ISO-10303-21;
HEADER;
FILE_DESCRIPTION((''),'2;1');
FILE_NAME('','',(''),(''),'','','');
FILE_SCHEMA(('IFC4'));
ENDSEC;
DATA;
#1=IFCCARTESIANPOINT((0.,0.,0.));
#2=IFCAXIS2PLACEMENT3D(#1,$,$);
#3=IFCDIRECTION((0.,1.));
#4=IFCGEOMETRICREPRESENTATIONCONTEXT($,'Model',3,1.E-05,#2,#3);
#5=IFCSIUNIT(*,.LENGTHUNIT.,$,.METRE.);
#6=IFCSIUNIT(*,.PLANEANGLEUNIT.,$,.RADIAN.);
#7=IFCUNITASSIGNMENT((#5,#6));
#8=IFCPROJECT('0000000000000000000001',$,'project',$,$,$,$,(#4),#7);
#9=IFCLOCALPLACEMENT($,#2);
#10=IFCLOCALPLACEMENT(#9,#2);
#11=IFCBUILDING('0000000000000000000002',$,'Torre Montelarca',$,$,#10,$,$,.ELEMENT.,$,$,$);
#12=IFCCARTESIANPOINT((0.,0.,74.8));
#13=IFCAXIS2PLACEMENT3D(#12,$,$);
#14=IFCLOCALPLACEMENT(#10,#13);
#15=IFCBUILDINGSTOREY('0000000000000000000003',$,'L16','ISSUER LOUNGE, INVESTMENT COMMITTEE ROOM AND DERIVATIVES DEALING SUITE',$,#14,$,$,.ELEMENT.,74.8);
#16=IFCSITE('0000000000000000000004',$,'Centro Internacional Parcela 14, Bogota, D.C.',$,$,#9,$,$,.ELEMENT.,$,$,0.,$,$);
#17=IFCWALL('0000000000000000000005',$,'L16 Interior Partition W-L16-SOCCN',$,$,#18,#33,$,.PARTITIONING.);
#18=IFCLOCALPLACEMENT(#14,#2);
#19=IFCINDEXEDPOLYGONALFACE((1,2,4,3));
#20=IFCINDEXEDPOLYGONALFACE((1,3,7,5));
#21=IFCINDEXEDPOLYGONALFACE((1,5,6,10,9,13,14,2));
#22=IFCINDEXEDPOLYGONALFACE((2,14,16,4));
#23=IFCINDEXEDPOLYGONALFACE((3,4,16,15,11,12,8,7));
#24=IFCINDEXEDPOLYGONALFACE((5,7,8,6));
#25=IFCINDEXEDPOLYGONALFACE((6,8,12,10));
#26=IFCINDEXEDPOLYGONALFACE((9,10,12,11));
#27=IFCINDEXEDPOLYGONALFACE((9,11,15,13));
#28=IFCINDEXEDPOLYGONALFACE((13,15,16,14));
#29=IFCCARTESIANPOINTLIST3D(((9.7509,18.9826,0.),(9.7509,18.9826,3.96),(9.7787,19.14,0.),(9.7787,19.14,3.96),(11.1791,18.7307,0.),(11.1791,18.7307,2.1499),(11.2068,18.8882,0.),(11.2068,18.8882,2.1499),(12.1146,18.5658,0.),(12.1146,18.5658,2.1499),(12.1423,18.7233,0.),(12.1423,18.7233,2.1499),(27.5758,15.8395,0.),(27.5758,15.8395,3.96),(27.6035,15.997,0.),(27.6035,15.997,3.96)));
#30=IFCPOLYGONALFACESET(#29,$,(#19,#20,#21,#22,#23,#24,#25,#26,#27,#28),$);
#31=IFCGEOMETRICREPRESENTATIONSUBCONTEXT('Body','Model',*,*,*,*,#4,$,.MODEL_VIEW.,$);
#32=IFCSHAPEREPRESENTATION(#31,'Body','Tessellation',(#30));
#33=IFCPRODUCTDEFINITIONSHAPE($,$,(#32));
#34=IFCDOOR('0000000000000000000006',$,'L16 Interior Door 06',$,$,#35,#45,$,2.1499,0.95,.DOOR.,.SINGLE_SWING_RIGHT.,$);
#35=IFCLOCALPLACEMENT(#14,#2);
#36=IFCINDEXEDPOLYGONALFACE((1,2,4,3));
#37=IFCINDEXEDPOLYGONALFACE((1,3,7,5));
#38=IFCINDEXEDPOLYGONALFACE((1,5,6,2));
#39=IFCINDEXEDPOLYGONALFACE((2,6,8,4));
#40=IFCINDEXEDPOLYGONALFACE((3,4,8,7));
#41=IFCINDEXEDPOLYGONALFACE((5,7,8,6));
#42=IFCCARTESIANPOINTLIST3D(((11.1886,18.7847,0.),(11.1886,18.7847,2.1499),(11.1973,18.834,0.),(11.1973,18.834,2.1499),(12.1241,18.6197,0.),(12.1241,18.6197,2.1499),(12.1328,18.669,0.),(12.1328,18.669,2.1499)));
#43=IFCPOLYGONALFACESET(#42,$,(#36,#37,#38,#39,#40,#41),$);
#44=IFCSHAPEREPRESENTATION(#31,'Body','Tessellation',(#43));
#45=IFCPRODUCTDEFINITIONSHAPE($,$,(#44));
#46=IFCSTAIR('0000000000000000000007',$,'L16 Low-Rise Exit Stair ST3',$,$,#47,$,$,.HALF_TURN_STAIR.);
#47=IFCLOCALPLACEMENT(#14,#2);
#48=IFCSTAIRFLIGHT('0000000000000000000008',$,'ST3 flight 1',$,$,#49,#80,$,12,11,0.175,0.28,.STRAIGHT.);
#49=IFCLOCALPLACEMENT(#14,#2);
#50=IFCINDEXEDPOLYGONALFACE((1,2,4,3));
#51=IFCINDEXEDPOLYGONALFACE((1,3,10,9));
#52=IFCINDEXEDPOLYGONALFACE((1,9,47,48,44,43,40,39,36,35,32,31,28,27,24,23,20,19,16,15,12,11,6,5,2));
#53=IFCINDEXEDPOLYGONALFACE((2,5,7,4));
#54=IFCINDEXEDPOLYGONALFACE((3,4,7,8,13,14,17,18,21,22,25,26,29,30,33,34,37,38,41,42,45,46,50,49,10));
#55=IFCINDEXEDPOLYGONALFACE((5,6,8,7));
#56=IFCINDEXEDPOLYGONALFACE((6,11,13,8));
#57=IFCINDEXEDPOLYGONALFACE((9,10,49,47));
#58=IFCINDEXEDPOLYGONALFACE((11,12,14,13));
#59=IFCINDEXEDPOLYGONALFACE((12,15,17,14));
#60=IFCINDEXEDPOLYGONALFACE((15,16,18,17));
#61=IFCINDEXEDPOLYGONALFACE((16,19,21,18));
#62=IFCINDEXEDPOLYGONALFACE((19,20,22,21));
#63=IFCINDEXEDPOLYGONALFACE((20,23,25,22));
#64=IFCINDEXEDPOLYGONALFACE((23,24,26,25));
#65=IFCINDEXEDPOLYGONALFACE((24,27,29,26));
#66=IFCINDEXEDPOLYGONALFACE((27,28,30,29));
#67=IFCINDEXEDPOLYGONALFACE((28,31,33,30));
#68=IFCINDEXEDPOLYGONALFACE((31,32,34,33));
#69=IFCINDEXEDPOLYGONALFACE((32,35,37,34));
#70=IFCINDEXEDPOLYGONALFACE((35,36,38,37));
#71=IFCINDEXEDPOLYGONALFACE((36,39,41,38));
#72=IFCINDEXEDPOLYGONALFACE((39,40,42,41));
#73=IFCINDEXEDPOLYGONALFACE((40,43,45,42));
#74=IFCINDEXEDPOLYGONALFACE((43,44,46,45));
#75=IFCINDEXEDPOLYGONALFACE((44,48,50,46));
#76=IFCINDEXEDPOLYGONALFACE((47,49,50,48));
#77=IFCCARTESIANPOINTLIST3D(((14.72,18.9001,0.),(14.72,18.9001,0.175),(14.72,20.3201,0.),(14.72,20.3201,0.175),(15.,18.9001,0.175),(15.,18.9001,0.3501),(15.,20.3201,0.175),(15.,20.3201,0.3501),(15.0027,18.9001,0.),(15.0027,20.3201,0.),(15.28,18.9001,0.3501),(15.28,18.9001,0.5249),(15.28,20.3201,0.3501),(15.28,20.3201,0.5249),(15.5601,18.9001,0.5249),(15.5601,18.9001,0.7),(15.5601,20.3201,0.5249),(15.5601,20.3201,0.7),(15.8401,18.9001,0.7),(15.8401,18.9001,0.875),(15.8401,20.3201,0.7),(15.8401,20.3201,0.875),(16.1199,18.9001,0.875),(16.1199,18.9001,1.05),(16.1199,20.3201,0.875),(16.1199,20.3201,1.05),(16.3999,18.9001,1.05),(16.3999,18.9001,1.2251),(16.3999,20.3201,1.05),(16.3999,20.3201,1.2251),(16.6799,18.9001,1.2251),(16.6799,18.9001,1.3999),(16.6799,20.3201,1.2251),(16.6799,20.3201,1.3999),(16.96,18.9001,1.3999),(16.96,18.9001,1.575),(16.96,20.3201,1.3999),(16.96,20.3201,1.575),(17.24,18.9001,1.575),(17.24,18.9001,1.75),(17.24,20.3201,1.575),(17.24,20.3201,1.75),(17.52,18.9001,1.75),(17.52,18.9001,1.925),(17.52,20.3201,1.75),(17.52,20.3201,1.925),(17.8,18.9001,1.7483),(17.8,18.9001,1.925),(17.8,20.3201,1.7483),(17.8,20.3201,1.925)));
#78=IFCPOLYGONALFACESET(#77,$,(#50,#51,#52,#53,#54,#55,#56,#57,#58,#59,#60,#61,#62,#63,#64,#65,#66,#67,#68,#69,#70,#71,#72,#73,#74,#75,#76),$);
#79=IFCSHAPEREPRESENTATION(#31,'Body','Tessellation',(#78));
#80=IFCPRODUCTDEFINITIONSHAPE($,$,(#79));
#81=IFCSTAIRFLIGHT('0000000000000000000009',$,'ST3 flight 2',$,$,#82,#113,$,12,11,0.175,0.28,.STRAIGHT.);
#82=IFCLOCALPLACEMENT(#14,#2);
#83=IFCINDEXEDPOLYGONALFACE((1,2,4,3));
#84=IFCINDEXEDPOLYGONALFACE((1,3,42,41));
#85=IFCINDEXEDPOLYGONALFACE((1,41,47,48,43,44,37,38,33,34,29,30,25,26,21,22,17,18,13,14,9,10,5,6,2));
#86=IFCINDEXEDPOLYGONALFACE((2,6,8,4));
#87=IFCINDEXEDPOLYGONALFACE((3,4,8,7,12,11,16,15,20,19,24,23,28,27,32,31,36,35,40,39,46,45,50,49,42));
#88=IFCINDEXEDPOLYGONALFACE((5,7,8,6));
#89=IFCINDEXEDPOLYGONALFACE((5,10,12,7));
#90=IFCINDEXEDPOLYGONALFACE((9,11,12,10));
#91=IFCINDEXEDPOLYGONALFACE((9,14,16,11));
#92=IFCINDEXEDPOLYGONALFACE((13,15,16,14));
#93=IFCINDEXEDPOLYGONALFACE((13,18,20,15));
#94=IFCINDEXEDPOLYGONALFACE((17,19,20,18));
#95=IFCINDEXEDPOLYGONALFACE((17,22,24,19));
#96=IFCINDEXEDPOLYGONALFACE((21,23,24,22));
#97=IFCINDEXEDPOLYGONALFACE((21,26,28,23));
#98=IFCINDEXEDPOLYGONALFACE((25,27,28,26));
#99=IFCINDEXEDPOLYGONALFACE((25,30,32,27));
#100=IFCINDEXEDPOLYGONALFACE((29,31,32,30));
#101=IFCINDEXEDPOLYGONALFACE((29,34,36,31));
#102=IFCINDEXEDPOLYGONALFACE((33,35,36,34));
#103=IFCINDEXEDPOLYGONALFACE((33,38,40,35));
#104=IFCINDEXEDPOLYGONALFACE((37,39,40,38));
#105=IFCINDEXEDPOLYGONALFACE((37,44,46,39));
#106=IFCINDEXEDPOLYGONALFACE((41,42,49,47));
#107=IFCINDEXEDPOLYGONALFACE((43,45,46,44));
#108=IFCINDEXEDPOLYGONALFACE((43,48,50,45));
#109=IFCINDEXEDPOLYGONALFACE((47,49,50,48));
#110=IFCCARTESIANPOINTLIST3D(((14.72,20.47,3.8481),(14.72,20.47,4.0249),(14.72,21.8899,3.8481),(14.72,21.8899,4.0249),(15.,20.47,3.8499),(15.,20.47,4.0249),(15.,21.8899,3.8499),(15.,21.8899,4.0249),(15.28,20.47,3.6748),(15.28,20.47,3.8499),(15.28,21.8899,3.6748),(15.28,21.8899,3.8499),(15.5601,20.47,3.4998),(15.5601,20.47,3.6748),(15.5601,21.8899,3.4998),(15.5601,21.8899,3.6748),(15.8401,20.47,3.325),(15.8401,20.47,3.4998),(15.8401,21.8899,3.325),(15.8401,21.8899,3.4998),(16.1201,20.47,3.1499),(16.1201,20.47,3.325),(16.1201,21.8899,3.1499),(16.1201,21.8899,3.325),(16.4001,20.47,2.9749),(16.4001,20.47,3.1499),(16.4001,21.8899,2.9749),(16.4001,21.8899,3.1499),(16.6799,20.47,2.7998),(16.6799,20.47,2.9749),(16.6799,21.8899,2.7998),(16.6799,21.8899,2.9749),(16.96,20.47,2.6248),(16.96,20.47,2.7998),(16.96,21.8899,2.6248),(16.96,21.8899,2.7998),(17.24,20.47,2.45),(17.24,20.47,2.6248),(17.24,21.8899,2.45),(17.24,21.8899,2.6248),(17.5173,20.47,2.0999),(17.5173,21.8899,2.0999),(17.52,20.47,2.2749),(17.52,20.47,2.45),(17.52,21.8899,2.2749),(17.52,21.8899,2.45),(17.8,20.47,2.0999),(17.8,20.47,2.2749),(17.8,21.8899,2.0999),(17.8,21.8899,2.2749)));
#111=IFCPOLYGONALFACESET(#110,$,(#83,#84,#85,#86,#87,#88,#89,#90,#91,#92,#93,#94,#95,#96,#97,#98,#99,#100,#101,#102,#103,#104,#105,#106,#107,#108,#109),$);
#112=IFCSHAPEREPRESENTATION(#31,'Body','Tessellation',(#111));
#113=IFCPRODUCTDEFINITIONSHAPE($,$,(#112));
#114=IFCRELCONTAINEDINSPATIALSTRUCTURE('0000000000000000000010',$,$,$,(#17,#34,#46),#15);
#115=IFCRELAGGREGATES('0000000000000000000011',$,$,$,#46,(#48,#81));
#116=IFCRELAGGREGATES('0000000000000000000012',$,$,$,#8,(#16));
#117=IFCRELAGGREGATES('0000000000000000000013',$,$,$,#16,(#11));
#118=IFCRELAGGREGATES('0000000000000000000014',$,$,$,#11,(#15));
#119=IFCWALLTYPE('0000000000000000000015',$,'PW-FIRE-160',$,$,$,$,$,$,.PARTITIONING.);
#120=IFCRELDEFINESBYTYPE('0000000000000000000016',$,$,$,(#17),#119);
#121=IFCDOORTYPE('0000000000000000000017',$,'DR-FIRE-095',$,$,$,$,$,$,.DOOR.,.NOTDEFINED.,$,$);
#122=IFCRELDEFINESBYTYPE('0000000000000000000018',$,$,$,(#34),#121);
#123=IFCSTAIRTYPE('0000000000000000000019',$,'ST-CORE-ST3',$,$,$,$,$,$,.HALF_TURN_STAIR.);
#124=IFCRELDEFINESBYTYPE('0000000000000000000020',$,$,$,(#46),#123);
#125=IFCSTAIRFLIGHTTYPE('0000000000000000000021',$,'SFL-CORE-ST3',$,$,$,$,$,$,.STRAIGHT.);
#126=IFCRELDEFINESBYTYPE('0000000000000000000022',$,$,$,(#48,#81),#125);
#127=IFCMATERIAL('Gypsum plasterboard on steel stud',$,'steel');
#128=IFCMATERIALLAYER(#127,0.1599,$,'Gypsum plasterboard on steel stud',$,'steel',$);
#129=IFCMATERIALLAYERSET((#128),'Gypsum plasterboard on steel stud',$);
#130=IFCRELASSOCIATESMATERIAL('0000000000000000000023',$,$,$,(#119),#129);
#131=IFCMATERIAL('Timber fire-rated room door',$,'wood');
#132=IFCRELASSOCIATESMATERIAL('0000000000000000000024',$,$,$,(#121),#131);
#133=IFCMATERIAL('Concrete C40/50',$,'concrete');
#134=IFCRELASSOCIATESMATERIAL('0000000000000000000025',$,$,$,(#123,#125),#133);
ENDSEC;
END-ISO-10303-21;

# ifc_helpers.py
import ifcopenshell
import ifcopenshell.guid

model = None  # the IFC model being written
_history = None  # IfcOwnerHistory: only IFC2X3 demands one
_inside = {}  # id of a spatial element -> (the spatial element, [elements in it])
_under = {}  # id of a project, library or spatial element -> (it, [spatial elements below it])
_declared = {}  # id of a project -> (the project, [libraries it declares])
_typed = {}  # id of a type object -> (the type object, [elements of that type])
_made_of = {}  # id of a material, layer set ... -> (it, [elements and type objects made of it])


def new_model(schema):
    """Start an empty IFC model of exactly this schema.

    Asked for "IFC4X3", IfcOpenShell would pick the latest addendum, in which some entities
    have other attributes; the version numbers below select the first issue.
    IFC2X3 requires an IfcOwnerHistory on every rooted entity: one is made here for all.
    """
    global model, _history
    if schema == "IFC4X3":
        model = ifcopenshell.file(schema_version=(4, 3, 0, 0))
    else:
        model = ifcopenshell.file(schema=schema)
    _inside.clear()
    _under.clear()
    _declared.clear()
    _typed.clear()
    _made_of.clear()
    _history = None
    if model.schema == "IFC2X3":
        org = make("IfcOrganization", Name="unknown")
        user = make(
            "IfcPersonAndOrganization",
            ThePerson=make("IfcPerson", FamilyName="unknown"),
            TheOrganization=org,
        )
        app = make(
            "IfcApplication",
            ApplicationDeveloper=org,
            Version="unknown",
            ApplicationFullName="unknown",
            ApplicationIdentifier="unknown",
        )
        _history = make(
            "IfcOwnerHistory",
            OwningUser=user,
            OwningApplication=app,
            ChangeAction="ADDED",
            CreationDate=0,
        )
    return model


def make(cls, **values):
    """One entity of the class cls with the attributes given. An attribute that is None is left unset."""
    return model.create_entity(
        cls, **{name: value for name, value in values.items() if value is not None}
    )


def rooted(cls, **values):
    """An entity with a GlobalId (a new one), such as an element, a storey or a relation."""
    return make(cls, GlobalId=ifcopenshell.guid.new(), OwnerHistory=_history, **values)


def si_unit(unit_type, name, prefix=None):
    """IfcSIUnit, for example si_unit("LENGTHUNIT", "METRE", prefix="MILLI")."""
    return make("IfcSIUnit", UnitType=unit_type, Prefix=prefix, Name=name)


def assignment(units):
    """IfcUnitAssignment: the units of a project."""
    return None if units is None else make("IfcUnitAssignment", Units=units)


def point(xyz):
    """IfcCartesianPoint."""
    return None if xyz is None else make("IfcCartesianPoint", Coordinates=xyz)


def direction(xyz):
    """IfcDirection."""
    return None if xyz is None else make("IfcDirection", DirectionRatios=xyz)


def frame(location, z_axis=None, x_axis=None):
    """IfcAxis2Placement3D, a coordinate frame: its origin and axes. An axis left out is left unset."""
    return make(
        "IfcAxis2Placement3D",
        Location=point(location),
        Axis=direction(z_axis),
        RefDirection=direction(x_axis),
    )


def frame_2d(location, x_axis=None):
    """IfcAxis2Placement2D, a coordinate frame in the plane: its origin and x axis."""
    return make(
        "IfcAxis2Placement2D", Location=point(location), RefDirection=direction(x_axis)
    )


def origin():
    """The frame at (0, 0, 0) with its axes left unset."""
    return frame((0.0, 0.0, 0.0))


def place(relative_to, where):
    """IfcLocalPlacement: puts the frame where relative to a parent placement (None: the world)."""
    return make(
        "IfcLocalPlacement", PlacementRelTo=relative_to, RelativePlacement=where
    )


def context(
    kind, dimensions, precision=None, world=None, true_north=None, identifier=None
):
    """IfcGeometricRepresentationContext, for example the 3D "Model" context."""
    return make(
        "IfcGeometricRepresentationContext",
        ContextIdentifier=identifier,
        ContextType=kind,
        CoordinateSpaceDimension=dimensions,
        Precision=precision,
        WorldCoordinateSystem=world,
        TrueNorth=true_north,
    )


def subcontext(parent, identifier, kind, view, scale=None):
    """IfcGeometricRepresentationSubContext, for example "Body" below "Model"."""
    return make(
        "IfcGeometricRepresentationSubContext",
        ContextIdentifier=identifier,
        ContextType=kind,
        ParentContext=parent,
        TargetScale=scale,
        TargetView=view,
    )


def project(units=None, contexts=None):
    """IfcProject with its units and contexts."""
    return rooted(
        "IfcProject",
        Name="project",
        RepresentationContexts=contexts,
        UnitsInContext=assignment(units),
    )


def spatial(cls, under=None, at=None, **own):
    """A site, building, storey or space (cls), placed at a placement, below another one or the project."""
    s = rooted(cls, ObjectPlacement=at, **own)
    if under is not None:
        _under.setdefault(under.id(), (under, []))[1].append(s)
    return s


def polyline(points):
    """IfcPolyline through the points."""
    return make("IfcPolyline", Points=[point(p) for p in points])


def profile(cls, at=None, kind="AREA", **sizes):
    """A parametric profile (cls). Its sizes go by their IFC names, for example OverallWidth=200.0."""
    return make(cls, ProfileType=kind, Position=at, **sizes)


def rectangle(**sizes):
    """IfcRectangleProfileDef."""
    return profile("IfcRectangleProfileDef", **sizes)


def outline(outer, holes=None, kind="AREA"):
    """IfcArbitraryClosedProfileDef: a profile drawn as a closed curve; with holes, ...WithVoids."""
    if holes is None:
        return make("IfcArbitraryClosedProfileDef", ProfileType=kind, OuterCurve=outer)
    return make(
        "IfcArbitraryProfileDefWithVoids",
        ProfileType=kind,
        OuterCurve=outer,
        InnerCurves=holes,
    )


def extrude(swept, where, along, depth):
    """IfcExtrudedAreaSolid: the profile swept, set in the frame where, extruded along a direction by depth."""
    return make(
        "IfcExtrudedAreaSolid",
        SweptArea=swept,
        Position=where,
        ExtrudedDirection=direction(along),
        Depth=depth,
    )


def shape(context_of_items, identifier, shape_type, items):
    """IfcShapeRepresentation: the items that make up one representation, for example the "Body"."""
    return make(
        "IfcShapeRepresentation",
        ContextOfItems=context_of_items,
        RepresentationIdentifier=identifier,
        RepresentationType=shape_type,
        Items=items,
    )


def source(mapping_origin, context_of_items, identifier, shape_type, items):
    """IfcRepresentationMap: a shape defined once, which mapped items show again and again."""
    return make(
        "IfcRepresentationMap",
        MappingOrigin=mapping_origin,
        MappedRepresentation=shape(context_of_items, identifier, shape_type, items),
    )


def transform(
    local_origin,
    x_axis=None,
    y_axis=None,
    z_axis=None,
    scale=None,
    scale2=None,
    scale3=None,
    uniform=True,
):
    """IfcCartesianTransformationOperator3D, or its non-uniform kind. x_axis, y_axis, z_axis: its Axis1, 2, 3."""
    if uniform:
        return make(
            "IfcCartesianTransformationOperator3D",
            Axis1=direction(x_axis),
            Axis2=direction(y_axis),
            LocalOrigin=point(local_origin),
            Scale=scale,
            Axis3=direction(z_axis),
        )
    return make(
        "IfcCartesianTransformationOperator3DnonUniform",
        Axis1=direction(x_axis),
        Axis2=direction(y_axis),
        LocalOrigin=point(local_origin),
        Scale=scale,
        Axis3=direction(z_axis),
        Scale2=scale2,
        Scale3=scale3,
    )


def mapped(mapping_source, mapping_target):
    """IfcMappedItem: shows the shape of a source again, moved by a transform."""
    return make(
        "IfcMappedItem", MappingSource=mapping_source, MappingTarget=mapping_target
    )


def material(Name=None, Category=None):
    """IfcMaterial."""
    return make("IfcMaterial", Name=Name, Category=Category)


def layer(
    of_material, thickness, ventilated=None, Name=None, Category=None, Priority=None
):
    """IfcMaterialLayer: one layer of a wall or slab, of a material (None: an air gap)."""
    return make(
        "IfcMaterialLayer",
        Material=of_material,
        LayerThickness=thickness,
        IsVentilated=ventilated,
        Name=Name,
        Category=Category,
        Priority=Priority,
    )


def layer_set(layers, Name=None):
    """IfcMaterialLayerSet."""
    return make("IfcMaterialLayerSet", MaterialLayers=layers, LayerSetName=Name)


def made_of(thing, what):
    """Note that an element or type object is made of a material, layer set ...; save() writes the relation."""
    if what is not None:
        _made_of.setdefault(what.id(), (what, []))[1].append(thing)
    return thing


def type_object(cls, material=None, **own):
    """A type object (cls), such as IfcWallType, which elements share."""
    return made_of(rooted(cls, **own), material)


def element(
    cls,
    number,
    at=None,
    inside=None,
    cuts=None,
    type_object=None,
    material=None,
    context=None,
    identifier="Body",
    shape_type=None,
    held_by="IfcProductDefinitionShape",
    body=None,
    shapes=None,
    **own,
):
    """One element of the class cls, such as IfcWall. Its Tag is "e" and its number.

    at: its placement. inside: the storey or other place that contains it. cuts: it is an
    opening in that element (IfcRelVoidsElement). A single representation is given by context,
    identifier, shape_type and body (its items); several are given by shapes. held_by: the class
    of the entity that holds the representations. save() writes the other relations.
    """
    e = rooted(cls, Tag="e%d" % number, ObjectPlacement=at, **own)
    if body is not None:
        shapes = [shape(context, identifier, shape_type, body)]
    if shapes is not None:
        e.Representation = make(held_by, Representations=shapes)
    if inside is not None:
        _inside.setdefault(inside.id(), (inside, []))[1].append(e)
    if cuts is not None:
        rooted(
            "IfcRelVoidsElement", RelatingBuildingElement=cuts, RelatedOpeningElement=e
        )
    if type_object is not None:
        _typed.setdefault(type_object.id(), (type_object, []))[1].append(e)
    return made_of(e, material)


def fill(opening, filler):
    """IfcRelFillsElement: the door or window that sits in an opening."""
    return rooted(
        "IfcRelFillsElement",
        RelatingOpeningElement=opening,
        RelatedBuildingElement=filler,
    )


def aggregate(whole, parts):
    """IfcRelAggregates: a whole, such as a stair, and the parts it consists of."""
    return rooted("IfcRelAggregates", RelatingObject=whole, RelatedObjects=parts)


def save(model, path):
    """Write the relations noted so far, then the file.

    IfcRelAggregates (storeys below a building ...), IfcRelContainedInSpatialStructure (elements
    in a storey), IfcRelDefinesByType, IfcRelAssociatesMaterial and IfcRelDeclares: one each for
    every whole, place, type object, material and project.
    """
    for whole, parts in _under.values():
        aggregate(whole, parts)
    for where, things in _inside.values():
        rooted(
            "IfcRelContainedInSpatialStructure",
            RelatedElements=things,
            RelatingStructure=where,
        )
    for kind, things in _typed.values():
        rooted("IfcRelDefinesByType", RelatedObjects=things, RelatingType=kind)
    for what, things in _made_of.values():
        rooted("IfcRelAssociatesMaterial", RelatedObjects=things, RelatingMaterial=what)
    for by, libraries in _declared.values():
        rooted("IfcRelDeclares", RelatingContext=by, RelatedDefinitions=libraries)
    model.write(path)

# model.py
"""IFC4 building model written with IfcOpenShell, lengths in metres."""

from ifc_helpers import new_model, si_unit, direction, frame, frame_2d, origin, place, context, subcontext, project, spatial, polyline, rectangle, outline, extrude, source, transform, mapped, material, layer, layer_set, type_object, element, fill, aggregate, save


model = new_model("IFC4")

# Units and contexts
model_context = context("Model", 3, precision=1e-05, world=origin(), true_north=direction((0.0, 1.0)))
body_context = subcontext(model_context, "Body", "Model", "MODEL_VIEW")
ifc_project = project(units=[si_unit("LENGTHUNIT", "METRE"), si_unit("PLANEANGLEUNIT", "RADIAN")], contexts=[model_context])

# Site, building, storey
site_placement = place(None, origin())
site = spatial("IfcSite", under=ifc_project, at=site_placement, Name="Centro Internacional Parcela 14, Bogota, D.C.", CompositionType="ELEMENT", RefElevation=0.0)
building_placement = place(site_placement, origin())
building = spatial("IfcBuilding", under=site, at=building_placement, Name="Torre Montelarca", CompositionType="ELEMENT")
storey_placement = place(building_placement, frame((0.0, 0.0, 74.8)))
storey = spatial("IfcBuildingStorey", under=building, at=storey_placement, Name="L16", Description="ISSUER LOUNGE, INVESTMENT COMMITTEE ROOM AND DERIVATIVES DEALING SUITE", CompositionType="ELEMENT", Elevation=74.8)

# Shared definitions
ifc_material_1 = material(Name="Concrete C40/50", Category="concrete")

# Wall, opening, door
ifc_material_2 = material(Name="Gypsum plasterboard on steel stud", Category="steel")
ifc_layer_1 = layer(ifc_material_2, 0.1599, Name="Gypsum plasterboard on steel stud", Category="steel")
ifc_layer_set_1 = layer_set([ifc_layer_1], Name="Gypsum plasterboard on steel stud")
wall_type_1 = type_object("IfcWallType", Name="PW-FIRE-160", PredefinedType="PARTITIONING", material=ifc_layer_set_1)
wall_1_placement = place(storey_placement, frame((9.7649, 19.0613, 0.0), z_axis=(0.0, 0.0, 1.0), x_axis=(0.984807, -0.173651, 0.0)))
wall_1 = element("IfcWall", 1, at=wall_1_placement, inside=storey, type_object=wall_type_1, Name="L16 Interior Partition W-L16-SOCCN", PredefinedType="PARTITIONING", context=body_context, shape_type="SweptSolid", body=[
    extrude(rectangle(XDim=18.0999, YDim=0.1599, at=frame_2d((9.0498, 0.0))), origin(), (0.0, 0.0, 1.0), 3.96),
])
opening_1_placement = place(wall_1_placement, frame((1.45, 0.0, 0.0)))
opening_1 = element("IfcOpeningElement", 2, at=opening_1_placement, cuts=wall_1, PredefinedType="OPENING", context=body_context, shape_type="SweptSolid", body=[
    extrude(rectangle(XDim=0.95, YDim=2.1499, at=frame_2d((0.4751, 1.075))), frame((0.0, 0.0898, 0.0), z_axis=(0.0, -1.0, 0.0), x_axis=(1.0, 0.0, 0.0)), (0.0, 0.0, 1.0), 0.1799),
])
ifc_material_3 = material(Name="Timber fire-rated room door", Category="wood")
door_type_1 = type_object("IfcDoorType", Name="DR-FIRE-095", OperationType="NOTDEFINED", PredefinedType="DOOR", material=ifc_material_3)
shared_shape_1 = source(origin(), body_context, "Body", "SweptSolid", [
    extrude(rectangle(XDim=0.95, YDim=2.1499, at=frame_2d((0.4751, 1.075))), frame((0.0, 0.0249, 0.0), z_axis=(0.0, -1.0, 0.0), x_axis=(1.0, 0.0, 0.0)), (0.0, 0.0, 1.0), 0.05),
])
door_1_placement = place(opening_1_placement, origin())
door_1 = element("IfcDoor", 3, at=door_1_placement, inside=storey, type_object=door_type_1, Name="L16 Interior Door 06", OperationType="SINGLE_SWING_RIGHT", OverallHeight=2.1499, OverallWidth=0.95, PredefinedType="DOOR", context=body_context, shape_type="MappedRepresentation", body=[
    mapped(shared_shape_1, transform((0.0, 0.0, 0.0), scale=1.0)),
])
fill(opening_1, door_1)

# Stair, stair flights
stair_type = type_object("IfcStairType", Name="ST-CORE-ST3", PredefinedType="HALF_TURN_STAIR", material=ifc_material_1)
stair_placement = place(storey_placement, origin())
stair = element("IfcStair", 4, at=stair_placement, inside=storey, type_object=stair_type, Name="L16 Low-Rise Exit Stair ST3", PredefinedType="HALF_TURN_STAIR")
stair_flight_type = type_object("IfcStairFlightType", Name="SFL-CORE-ST3", PredefinedType="STRAIGHT", material=ifc_material_1)
stair_flight_1_placement = place(storey_placement, frame((14.72, 19.6101, 0.0), z_axis=(0.0, 0.0, 1.0), x_axis=(1.0, 0.0, 0.0)))
stair_flight_1 = element("IfcStairFlight", 5, at=stair_flight_1_placement, type_object=stair_flight_type, Name="ST3 flight 1", NumberOfRisers=12, NumberOfTreads=11, PredefinedType="STRAIGHT", RiserHeight=0.175, TreadLength=0.28, context=body_context, shape_type="SweptSolid", body=[
    extrude(outline(polyline([(0.0, 0.0), (0.0, 0.175), (0.28, 0.175), (0.28, 0.3501), (0.5601, 0.3501), (0.5601, 0.5249), (0.8401, 0.5249), (0.8401, 0.7), (1.1201, 0.7), (1.1201, 0.875), (1.3999, 0.875), (1.3999, 1.05), (1.6799, 1.05), (1.6799, 1.2251), (1.96, 1.2251), (1.96, 1.3999), (2.24, 1.3999), (2.24, 1.575), (2.52, 1.575), (2.52, 1.75), (2.8, 1.75), (2.8, 1.925), (3.0801, 1.925), (3.0801, 2.1001), (3.0801, 1.7483), (0.2827, 0.0), (0.0, 0.0)])), frame((0.0, 0.71, 0.0), z_axis=(0.0, -1.0, 0.0), x_axis=(1.0, 0.0, 0.0)), (0.0, 0.0, 1.0), 1.4199),
])
stair_flight_2_placement = place(storey_placement, frame((17.8, 21.1799, 2.0999), z_axis=(0.0, 0.0, 1.0), x_axis=(-1.0, 0.0, 0.0)))
stair_flight_2 = element("IfcStairFlight", 6, at=stair_flight_2_placement, type_object=stair_flight_type, Name="ST3 flight 2", NumberOfRisers=12, NumberOfTreads=11, PredefinedType="STRAIGHT", RiserHeight=0.175, TreadLength=0.28, context=body_context, shape_type="SweptSolid", body=[
    extrude(outline(polyline([(0.0, 0.0), (0.0, 0.175), (0.28, 0.175), (0.28, 0.3501), (0.5601, 0.3501), (0.5601, 0.5249), (0.8401, 0.5249), (0.8401, 0.7), (1.1201, 0.7), (1.1201, 0.875), (1.3999, 0.875), (1.3999, 1.05), (1.6799, 1.05), (1.6799, 1.2251), (1.96, 1.2251), (1.96, 1.3999), (2.24, 1.3999), (2.24, 1.575), (2.52, 1.575), (2.52, 1.75), (2.8, 1.75), (2.8, 1.925), (3.0801, 1.925), (3.0801, 2.1001), (3.0801, 1.7483), (0.2827, 0.0), (0.0, 0.0)])), frame((0.0, 0.71, 0.0), z_axis=(0.0, -1.0, 0.0), x_axis=(1.0, 0.0, 0.0)), (0.0, 0.0, 1.0), 1.4199),
])
aggregate(stair, [stair_flight_1, stair_flight_2])

save(model, "model.ifc")
